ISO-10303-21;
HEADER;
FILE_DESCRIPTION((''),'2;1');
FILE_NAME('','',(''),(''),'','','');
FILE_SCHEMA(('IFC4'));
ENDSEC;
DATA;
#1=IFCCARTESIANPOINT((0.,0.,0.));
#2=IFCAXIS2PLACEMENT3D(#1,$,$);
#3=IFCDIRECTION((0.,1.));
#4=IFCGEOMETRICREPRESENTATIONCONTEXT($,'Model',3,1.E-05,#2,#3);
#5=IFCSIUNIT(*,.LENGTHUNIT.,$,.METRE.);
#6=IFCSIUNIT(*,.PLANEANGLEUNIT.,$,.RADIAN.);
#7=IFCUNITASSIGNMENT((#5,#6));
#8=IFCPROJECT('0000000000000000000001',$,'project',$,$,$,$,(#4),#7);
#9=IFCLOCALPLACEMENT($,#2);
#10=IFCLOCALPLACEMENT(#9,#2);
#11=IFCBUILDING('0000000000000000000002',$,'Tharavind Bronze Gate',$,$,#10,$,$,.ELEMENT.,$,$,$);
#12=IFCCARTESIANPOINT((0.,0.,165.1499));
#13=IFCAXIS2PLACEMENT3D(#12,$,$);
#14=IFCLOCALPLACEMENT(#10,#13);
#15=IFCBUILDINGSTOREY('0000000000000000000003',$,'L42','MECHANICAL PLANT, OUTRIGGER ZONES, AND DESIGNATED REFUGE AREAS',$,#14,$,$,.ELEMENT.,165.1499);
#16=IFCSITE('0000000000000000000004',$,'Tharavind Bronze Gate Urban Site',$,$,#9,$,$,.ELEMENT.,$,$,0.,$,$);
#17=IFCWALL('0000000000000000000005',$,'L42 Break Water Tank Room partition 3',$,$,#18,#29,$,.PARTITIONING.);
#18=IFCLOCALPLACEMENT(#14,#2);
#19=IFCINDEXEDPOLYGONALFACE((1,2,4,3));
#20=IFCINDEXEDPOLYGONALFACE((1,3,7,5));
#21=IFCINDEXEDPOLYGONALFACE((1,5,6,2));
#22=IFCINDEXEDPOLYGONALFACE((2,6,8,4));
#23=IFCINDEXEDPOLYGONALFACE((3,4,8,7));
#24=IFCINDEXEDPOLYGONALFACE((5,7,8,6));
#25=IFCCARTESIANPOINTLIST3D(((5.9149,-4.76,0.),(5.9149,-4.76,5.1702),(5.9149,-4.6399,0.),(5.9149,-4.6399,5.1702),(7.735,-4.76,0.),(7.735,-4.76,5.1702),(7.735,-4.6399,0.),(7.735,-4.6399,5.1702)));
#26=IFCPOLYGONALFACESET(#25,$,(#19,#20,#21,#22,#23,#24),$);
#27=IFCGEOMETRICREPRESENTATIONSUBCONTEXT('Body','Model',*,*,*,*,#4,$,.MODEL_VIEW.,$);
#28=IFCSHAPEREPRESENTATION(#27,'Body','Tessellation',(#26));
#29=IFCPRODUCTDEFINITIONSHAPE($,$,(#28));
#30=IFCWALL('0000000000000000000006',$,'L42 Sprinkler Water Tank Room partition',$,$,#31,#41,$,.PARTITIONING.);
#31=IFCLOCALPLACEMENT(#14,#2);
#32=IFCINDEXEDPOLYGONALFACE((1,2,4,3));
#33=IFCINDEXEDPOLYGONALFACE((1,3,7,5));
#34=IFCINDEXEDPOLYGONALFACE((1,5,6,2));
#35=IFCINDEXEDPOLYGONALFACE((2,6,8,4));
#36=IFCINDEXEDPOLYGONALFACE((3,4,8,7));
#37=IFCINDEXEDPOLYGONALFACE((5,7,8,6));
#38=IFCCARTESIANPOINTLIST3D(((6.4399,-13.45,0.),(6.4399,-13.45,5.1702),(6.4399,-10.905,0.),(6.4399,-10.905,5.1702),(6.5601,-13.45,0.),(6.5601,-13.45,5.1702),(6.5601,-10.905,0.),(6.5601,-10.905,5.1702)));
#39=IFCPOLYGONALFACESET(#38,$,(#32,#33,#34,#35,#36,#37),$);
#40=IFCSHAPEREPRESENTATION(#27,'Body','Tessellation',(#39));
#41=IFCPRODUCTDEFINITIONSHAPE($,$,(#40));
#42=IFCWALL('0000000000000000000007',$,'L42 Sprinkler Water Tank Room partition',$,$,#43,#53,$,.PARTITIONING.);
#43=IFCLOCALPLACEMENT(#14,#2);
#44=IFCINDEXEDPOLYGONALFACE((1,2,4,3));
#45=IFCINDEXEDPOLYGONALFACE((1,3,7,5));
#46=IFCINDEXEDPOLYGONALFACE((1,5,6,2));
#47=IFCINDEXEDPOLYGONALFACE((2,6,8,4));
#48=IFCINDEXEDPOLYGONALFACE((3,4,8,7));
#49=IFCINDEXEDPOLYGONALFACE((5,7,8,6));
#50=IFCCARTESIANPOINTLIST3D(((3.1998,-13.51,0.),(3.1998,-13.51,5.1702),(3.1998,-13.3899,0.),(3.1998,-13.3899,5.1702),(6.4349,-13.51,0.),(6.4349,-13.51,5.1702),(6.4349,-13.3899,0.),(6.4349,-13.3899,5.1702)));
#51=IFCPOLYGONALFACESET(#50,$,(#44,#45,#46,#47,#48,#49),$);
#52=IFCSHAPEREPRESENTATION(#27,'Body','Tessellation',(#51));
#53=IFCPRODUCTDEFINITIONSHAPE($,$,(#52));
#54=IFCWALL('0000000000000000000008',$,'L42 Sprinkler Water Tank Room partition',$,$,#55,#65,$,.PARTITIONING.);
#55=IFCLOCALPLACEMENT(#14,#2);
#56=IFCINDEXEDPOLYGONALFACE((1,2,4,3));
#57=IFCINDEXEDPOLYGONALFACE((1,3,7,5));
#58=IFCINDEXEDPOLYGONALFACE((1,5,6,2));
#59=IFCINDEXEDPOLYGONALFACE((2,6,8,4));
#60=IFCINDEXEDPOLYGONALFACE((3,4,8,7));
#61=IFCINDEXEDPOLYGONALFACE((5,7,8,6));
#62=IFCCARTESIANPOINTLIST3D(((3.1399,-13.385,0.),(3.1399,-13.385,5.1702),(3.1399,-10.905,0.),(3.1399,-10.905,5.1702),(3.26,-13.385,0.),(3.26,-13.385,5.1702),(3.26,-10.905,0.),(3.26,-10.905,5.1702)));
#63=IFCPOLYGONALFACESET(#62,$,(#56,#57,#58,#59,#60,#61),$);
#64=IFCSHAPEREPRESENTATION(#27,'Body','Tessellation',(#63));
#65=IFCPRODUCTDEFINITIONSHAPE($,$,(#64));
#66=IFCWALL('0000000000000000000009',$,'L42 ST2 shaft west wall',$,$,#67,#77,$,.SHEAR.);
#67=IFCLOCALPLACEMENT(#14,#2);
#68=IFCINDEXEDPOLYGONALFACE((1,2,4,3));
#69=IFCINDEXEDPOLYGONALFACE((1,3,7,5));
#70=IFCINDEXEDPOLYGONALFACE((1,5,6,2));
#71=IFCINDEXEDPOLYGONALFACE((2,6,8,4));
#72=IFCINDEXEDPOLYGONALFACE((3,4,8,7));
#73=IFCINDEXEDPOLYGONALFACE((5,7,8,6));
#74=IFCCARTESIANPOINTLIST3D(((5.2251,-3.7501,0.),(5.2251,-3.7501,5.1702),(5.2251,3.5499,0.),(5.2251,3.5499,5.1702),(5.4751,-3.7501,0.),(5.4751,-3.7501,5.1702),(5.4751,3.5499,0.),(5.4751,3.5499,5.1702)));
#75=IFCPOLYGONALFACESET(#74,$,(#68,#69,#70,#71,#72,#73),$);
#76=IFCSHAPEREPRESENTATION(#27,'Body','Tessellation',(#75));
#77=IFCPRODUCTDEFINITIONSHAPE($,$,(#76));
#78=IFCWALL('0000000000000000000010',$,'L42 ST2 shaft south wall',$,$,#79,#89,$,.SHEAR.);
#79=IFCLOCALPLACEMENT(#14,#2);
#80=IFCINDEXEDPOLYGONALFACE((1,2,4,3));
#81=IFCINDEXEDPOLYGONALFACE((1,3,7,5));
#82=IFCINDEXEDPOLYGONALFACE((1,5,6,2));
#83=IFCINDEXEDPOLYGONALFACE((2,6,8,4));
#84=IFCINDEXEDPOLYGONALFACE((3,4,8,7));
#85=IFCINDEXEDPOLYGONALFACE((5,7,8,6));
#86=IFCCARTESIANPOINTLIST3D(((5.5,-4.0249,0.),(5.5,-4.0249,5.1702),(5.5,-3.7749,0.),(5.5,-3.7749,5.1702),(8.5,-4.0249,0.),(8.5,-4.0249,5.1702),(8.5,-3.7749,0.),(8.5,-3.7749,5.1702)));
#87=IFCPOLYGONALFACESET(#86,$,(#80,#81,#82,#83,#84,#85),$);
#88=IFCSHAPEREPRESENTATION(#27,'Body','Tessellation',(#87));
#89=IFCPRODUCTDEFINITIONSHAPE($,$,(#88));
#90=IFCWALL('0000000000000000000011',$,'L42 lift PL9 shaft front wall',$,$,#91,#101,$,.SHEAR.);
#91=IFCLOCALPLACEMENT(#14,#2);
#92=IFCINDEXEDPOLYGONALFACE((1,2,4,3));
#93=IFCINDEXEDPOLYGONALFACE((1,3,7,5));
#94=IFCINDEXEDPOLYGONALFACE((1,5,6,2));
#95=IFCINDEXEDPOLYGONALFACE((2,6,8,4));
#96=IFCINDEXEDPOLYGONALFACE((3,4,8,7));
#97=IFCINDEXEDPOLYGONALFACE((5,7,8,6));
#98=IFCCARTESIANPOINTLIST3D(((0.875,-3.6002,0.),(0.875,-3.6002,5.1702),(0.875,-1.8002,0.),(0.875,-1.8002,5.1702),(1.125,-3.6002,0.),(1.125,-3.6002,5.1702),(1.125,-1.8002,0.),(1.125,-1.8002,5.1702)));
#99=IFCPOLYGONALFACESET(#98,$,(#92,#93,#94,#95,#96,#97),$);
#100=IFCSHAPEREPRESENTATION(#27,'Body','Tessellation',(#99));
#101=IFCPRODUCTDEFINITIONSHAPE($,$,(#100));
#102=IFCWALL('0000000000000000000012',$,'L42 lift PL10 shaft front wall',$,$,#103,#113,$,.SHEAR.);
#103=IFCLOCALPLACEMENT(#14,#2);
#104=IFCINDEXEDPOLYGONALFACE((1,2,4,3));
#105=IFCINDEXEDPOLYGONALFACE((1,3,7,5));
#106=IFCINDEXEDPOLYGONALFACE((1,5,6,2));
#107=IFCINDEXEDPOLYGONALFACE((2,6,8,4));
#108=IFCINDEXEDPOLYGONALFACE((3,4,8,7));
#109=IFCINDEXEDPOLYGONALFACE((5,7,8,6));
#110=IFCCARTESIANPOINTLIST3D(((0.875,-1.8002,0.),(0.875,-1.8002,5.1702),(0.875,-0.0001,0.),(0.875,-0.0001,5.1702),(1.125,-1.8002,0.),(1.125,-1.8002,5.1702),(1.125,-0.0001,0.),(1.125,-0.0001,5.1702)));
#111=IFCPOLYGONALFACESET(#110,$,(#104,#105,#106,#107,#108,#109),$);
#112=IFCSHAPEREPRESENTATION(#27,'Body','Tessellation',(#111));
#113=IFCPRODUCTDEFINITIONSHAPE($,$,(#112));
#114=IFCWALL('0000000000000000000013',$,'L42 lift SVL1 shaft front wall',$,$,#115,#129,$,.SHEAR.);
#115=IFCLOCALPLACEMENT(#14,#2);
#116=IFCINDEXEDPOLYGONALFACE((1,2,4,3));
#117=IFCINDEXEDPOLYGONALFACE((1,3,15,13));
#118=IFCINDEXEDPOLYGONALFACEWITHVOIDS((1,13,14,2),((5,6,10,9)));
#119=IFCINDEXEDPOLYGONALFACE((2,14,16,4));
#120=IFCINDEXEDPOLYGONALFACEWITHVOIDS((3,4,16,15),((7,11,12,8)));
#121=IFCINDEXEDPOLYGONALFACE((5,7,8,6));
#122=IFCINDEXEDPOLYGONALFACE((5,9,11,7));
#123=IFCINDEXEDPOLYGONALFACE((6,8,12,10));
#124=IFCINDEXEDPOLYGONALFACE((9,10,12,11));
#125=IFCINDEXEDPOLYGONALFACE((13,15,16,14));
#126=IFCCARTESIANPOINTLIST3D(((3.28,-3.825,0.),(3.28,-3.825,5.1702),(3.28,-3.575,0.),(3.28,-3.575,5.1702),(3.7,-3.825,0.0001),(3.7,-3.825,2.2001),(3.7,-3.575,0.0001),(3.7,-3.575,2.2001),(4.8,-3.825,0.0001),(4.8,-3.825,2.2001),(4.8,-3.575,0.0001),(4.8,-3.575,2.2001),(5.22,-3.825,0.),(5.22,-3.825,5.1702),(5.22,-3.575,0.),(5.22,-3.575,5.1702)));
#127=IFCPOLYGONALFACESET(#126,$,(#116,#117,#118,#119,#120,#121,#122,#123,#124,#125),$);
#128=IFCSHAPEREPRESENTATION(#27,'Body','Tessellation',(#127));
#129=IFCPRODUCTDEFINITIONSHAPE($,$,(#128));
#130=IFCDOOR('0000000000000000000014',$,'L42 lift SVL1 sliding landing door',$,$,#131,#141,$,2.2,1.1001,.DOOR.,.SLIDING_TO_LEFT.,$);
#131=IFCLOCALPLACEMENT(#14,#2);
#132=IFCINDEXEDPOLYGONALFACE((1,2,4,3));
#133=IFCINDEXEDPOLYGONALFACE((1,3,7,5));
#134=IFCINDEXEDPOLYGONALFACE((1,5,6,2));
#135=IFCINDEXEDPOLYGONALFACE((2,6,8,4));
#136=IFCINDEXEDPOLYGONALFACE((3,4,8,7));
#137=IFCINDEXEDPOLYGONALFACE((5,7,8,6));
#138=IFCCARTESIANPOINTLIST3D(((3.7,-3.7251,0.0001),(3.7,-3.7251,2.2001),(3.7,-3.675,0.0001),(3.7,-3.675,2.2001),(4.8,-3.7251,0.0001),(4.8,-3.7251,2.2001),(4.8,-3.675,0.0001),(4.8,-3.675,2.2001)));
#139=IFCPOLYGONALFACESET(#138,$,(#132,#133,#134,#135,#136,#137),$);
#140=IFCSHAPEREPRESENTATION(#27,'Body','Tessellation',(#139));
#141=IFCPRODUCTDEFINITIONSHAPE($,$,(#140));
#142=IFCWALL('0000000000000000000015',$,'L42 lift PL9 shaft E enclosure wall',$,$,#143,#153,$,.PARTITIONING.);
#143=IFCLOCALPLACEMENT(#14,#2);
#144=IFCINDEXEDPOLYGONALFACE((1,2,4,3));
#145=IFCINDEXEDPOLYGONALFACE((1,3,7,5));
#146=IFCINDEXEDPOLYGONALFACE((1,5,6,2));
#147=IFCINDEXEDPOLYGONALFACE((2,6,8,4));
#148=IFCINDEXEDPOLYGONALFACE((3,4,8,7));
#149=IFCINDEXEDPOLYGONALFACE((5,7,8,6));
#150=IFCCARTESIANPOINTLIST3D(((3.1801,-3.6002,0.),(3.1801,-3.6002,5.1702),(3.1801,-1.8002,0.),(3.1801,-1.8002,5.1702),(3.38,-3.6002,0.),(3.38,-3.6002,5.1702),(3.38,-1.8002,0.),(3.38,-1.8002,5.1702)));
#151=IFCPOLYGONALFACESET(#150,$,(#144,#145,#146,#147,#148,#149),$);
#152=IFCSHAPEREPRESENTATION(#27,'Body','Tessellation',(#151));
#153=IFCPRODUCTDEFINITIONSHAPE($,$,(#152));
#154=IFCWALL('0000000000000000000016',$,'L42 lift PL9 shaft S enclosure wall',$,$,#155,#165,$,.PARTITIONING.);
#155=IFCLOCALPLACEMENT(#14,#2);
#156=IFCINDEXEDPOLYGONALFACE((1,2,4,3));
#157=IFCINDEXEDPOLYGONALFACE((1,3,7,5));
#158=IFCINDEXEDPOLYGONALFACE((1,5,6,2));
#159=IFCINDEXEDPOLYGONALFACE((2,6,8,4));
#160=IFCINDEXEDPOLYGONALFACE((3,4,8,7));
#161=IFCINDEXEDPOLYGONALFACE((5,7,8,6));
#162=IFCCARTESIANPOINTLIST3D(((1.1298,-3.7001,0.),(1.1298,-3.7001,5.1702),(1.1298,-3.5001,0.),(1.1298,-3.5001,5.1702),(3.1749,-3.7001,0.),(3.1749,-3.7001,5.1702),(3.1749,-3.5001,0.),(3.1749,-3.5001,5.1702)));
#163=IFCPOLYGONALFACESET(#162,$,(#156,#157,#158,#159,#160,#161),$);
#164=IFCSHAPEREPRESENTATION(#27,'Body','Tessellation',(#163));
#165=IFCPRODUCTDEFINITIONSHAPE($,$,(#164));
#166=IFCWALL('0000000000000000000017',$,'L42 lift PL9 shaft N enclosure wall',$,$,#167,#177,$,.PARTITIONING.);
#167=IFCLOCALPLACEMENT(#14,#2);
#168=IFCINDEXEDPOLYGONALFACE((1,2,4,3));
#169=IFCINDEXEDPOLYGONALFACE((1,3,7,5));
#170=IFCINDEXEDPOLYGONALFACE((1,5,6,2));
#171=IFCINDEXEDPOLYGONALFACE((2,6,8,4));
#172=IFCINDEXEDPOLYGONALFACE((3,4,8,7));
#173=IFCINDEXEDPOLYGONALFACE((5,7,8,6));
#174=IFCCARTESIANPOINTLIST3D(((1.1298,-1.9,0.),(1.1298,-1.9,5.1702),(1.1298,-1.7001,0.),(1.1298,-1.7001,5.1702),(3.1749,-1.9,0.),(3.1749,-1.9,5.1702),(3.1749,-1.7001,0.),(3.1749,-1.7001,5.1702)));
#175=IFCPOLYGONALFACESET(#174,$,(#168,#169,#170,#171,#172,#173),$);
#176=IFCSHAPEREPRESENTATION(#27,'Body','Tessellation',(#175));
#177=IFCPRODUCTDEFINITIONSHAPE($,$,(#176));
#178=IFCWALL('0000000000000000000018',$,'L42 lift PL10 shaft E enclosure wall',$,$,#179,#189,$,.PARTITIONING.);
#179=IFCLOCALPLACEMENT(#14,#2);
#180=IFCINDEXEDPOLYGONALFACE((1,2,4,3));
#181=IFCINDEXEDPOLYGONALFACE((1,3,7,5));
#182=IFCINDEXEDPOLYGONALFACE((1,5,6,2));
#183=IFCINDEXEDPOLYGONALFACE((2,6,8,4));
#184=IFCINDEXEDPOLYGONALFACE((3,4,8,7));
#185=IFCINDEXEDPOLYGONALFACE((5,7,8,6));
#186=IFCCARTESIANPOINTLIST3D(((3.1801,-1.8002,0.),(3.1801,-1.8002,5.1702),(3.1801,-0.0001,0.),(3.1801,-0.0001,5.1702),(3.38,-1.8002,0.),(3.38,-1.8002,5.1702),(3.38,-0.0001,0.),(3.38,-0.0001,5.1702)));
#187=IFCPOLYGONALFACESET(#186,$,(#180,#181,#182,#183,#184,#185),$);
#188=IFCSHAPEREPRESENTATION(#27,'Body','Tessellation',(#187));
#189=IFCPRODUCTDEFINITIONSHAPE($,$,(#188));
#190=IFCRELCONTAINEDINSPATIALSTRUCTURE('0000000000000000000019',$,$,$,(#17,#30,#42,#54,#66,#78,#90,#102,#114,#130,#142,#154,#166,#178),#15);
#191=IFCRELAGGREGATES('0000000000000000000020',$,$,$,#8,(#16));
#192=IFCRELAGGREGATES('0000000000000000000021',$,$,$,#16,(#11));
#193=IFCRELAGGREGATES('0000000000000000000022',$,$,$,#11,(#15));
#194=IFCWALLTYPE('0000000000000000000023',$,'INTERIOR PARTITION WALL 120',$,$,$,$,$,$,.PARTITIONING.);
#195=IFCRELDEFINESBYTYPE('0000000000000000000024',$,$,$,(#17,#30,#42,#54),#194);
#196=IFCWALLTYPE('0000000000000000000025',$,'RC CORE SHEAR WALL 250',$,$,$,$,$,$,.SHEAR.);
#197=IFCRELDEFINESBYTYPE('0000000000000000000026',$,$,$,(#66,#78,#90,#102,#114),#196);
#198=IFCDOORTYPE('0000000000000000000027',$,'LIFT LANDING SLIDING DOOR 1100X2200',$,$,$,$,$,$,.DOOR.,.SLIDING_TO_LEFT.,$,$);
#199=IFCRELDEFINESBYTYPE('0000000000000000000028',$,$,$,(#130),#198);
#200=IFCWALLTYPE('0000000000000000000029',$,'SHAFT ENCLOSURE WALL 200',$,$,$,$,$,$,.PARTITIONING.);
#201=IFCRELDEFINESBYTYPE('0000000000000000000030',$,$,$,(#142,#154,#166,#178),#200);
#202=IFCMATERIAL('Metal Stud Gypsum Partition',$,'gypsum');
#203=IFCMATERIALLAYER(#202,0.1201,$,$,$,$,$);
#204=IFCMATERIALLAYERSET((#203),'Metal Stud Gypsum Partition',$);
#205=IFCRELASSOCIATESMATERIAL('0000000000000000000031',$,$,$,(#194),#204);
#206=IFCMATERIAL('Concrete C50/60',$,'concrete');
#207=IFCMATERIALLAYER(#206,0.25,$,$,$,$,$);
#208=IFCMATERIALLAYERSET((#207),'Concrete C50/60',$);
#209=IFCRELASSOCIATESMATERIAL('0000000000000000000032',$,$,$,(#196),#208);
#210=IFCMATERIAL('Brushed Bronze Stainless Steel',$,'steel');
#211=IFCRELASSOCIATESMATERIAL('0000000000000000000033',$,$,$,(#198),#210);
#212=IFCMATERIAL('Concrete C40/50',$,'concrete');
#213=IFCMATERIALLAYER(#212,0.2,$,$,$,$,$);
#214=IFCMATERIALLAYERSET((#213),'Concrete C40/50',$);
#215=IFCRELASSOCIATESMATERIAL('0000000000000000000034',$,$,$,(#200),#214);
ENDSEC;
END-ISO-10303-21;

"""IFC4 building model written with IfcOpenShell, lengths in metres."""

from ifc_helpers import new_model, si_unit, direction, frame, frame_2d, origin, place, context, subcontext, project, spatial, rectangle, extrude, material, layer, layer_set, type_object, element, fill, save


model = new_model("IFC4")

# Units and contexts
model_context = context("Model", 3, precision=1e-05, world=origin(), true_north=direction((0.0, 1.0)))
body_context = subcontext(model_context, "Body", "Model", "MODEL_VIEW")
ifc_project = project(units=[si_unit("LENGTHUNIT", "METRE"), si_unit("PLANEANGLEUNIT", "RADIAN")], contexts=[model_context])

# Site, building, storey
site_placement = place(None, origin())
site = spatial("IfcSite", under=ifc_project, at=site_placement, Name="Tharavind Bronze Gate Urban Site", CompositionType="ELEMENT", RefElevation=0.0)
building_placement = place(site_placement, origin())
building = spatial("IfcBuilding", under=site, at=building_placement, Name="Tharavind Bronze Gate", CompositionType="ELEMENT")
storey_placement = place(building_placement, frame((0.0, 0.0, 165.1499)))
storey = spatial("IfcBuildingStorey", under=building, at=storey_placement, Name="L42", Description="MECHANICAL PLANT, OUTRIGGER ZONES, AND DESIGNATED REFUGE AREAS", CompositionType="ELEMENT", Elevation=165.1499)

# Walls
ifc_material_1 = material(Name="Metal Stud Gypsum Partition", Category="gypsum")
ifc_layer_1 = layer(ifc_material_1, 0.1201)
ifc_layer_set_1 = layer_set([ifc_layer_1], Name="Metal Stud Gypsum Partition")
wall_type_1 = type_object("IfcWallType", Name="INTERIOR PARTITION WALL 120", PredefinedType="PARTITIONING", material=ifc_layer_set_1)
wall_1_placement = place(storey_placement, frame((7.7351, -4.7, 0.0), z_axis=(0.0, 0.0, 1.0), x_axis=(-1.0, 0.0, 0.0)))
element("IfcWall", 1, at=wall_1_placement, inside=storey, type_object=wall_type_1, Name="L42 Break Water Tank Room partition 3", PredefinedType="PARTITIONING", context=body_context, shape_type="SweptSolid", body=[
    extrude(rectangle(XDim=1.8201, YDim=0.1201, at=frame_2d((0.9102, 0.0))), origin(), (0.0, 0.0, 1.0), 5.1702),
])
wall_2_placement = place(storey_placement, frame((6.5, -10.905, 0.0), z_axis=(0.0, 0.0, 1.0), x_axis=(0.0, -1.0, 0.0)))
element("IfcWall", 2, at=wall_2_placement, inside=storey, type_object=wall_type_1, Name="L42 Sprinkler Water Tank Room partition", PredefinedType="PARTITIONING", context=body_context, shape_type="SweptSolid", body=[
    extrude(rectangle(XDim=2.5449, YDim=0.1201, at=frame_2d((1.2725, 0.0))), origin(), (0.0, 0.0, 1.0), 5.1702),
])
wall_3_placement = place(storey_placement, frame((6.4351, -13.45, 0.0), z_axis=(0.0, 0.0, 1.0), x_axis=(-1.0, 0.0, 0.0)))
element("IfcWall", 3, at=wall_3_placement, inside=storey, type_object=wall_type_1, Name="L42 Sprinkler Water Tank Room partition", PredefinedType="PARTITIONING", context=body_context, shape_type="SweptSolid", body=[
    extrude(rectangle(XDim=3.2351, YDim=0.1201, at=frame_2d((1.6177, 0.0))), origin(), (0.0, 0.0, 1.0), 5.1702),
])
wall_4_placement = place(storey_placement, frame((3.2, -13.385, 0.0), z_axis=(0.0, 0.0, 1.0), x_axis=(0.0, 1.0, 0.0)))
element("IfcWall", 4, at=wall_4_placement, inside=storey, type_object=wall_type_1, Name="L42 Sprinkler Water Tank Room partition", PredefinedType="PARTITIONING", context=body_context, shape_type="SweptSolid", body=[
    extrude(rectangle(XDim=2.48, YDim=0.1201, at=frame_2d((1.24, 0.0))), origin(), (0.0, 0.0, 1.0), 5.1702),
])
ifc_material_2 = material(Name="Concrete C50/60", Category="concrete")
ifc_layer_2 = layer(ifc_material_2, 0.25)
ifc_layer_set_2 = layer_set([ifc_layer_2], Name="Concrete C50/60")
wall_type_2 = type_object("IfcWallType", Name="RC CORE SHEAR WALL 250", PredefinedType="SHEAR", material=ifc_layer_set_2)
wall_5_placement = place(storey_placement, frame((5.3501, -3.75, 0.0), z_axis=(0.0, 0.0, 1.0), x_axis=(0.0, 1.0, 0.0)))
element("IfcWall", 5, at=wall_5_placement, inside=storey, type_object=wall_type_2, Name="L42 ST2 shaft west wall", PredefinedType="SHEAR", context=body_context, shape_type="SweptSolid", body=[
    extrude(rectangle(XDim=7.3, YDim=0.25, at=frame_2d((3.6499, 0.0))), origin(), (0.0, 0.0, 1.0), 5.1702),
])
wall_6_placement = place(storey_placement, frame((5.5, -3.8999, 0.0), z_axis=(0.0, 0.0, 1.0), x_axis=(1.0, 0.0, 0.0)))
element("IfcWall", 6, at=wall_6_placement, inside=storey, type_object=wall_type_2, Name="L42 ST2 shaft south wall", PredefinedType="SHEAR", context=body_context, shape_type="SweptSolid", body=[
    extrude(rectangle(XDim=3.0, YDim=0.25, at=frame_2d((1.5, 0.0))), origin(), (0.0, 0.0, 1.0), 5.1702),
])
for number, where, z_axis, x_axis, name in (
    (7, (1.0, -3.6001, 0.0), (0.0, 0.0, 1.0), (0.0, 1.0, 0.0), "L42 lift PL9 shaft front wall"),
    (8, (1.0, -1.8, 0.0), (0.0, 0.0, 1.0), (0.0, 1.0, 0.0), "L42 lift PL10 shaft front wall"),
):
    element("IfcWall", number, at=place(storey_placement, frame(where, z_axis=z_axis, x_axis=x_axis)), inside=storey, type_object=wall_type_2, Name=name, PredefinedType="SHEAR", context=body_context, shape_type="SweptSolid", body=[
        extrude(rectangle(XDim=1.8, YDim=0.25, at=frame_2d((0.8999, 0.0))), origin(), (0.0, 0.0, 1.0), 5.1702),
    ])

# Wall, opening, door
wall_7_placement = place(storey_placement, frame((3.28, -3.7, 0.0), z_axis=(0.0, 0.0, 1.0), x_axis=(1.0, 0.0, 0.0)))
wall_7 = element("IfcWall", 9, at=wall_7_placement, inside=storey, type_object=wall_type_2, Name="L42 lift SVL1 shaft front wall", PredefinedType="SHEAR", context=body_context, shape_type="SweptSolid", body=[
    extrude(rectangle(XDim=1.9399, YDim=0.25, at=frame_2d((0.97, 0.0))), origin(), (0.0, 0.0, 1.0), 5.1702),
])
opening_placement = place(wall_7_placement, frame((0.4199, 0.0, 0.0)))
opening = element("IfcOpeningElement", 10, at=opening_placement, cuts=wall_7, PredefinedType="OPENING", context=body_context, shape_type="SweptSolid", body=[
    extrude(rectangle(XDim=1.1001, YDim=2.2, at=frame_2d((0.55, 1.1001))), frame((0.0, 0.135, 0.0), z_axis=(0.0, -1.0, 0.0), x_axis=(1.0, 0.0, 0.0)), (0.0, 0.0, 1.0), 0.27),
])
ifc_material_3 = material(Name="Brushed Bronze Stainless Steel", Category="steel")
door_type = type_object("IfcDoorType", Name="LIFT LANDING SLIDING DOOR 1100X2200", OperationType="SLIDING_TO_LEFT", PredefinedType="DOOR", material=ifc_material_3)
door_placement = place(opening_placement, origin())
door = element("IfcDoor", 11, at=door_placement, inside=storey, type_object=door_type, Name="L42 lift SVL1 sliding landing door", OperationType="SLIDING_TO_LEFT", OverallHeight=2.2, OverallWidth=1.1001, PredefinedType="DOOR", context=body_context, shape_type="SweptSolid", body=[
    extrude(rectangle(XDim=1.1001, YDim=2.2, at=frame_2d((0.55, 1.1001))), frame((0.0, 0.0249, 0.0), z_axis=(0.0, -1.0, 0.0), x_axis=(1.0, 0.0, 0.0)), (0.0, 0.0, 1.0), 0.05),
])
fill(opening, door)

# Walls
ifc_material_4 = material(Name="Concrete C40/50", Category="concrete")
ifc_layer_3 = layer(ifc_material_4, 0.2)
ifc_layer_set_3 = layer_set([ifc_layer_3], Name="Concrete C40/50")
wall_type_3 = type_object("IfcWallType", Name="SHAFT ENCLOSURE WALL 200", PredefinedType="PARTITIONING", material=ifc_layer_set_3)
wall_8_placement = place(storey_placement, frame((3.28, -3.6001, 0.0), z_axis=(0.0, 0.0, 1.0), x_axis=(0.0, 1.0, 0.0)))
element("IfcWall", 12, at=wall_8_placement, inside=storey, type_object=wall_type_3, Name="L42 lift PL9 shaft E enclosure wall", PredefinedType="PARTITIONING", context=body_context, shape_type="SweptSolid", body=[
    extrude(rectangle(XDim=1.8, YDim=0.2, at=frame_2d((0.8999, 0.0))), origin(), (0.0, 0.0, 1.0), 5.1702),
])
for number, where, z_axis, x_axis, name in (
    (13, (1.1299, -3.6001, 0.0), (0.0, 0.0, 1.0), (1.0, 0.0, 0.0), "L42 lift PL9 shaft S enclosure wall"),
    (14, (1.1299, -1.8, 0.0), (0.0, 0.0, 1.0), (1.0, 0.0, 0.0), "L42 lift PL9 shaft N enclosure wall"),
):
    element("IfcWall", number, at=place(storey_placement, frame(where, z_axis=z_axis, x_axis=x_axis)), inside=storey, type_object=wall_type_3, Name=name, PredefinedType="PARTITIONING", context=body_context, shape_type="SweptSolid", body=[
        extrude(rectangle(XDim=2.0452, YDim=0.2, at=frame_2d((1.0225, 0.0))), origin(), (0.0, 0.0, 1.0), 5.1702),
    ])
wall_9_placement = place(storey_placement, frame((3.28, -1.8, 0.0), z_axis=(0.0, 0.0, 1.0), x_axis=(0.0, 1.0, 0.0)))
element("IfcWall", 15, at=wall_9_placement, inside=storey, type_object=wall_type_3, Name="L42 lift PL10 shaft E enclosure wall", PredefinedType="PARTITIONING", context=body_context, shape_type="SweptSolid", body=[
    extrude(rectangle(XDim=1.8, YDim=0.2, at=frame_2d((0.8999, 0.0))), origin(), (0.0, 0.0, 1.0), 5.1702),
])

save(model, "model.ifc")
